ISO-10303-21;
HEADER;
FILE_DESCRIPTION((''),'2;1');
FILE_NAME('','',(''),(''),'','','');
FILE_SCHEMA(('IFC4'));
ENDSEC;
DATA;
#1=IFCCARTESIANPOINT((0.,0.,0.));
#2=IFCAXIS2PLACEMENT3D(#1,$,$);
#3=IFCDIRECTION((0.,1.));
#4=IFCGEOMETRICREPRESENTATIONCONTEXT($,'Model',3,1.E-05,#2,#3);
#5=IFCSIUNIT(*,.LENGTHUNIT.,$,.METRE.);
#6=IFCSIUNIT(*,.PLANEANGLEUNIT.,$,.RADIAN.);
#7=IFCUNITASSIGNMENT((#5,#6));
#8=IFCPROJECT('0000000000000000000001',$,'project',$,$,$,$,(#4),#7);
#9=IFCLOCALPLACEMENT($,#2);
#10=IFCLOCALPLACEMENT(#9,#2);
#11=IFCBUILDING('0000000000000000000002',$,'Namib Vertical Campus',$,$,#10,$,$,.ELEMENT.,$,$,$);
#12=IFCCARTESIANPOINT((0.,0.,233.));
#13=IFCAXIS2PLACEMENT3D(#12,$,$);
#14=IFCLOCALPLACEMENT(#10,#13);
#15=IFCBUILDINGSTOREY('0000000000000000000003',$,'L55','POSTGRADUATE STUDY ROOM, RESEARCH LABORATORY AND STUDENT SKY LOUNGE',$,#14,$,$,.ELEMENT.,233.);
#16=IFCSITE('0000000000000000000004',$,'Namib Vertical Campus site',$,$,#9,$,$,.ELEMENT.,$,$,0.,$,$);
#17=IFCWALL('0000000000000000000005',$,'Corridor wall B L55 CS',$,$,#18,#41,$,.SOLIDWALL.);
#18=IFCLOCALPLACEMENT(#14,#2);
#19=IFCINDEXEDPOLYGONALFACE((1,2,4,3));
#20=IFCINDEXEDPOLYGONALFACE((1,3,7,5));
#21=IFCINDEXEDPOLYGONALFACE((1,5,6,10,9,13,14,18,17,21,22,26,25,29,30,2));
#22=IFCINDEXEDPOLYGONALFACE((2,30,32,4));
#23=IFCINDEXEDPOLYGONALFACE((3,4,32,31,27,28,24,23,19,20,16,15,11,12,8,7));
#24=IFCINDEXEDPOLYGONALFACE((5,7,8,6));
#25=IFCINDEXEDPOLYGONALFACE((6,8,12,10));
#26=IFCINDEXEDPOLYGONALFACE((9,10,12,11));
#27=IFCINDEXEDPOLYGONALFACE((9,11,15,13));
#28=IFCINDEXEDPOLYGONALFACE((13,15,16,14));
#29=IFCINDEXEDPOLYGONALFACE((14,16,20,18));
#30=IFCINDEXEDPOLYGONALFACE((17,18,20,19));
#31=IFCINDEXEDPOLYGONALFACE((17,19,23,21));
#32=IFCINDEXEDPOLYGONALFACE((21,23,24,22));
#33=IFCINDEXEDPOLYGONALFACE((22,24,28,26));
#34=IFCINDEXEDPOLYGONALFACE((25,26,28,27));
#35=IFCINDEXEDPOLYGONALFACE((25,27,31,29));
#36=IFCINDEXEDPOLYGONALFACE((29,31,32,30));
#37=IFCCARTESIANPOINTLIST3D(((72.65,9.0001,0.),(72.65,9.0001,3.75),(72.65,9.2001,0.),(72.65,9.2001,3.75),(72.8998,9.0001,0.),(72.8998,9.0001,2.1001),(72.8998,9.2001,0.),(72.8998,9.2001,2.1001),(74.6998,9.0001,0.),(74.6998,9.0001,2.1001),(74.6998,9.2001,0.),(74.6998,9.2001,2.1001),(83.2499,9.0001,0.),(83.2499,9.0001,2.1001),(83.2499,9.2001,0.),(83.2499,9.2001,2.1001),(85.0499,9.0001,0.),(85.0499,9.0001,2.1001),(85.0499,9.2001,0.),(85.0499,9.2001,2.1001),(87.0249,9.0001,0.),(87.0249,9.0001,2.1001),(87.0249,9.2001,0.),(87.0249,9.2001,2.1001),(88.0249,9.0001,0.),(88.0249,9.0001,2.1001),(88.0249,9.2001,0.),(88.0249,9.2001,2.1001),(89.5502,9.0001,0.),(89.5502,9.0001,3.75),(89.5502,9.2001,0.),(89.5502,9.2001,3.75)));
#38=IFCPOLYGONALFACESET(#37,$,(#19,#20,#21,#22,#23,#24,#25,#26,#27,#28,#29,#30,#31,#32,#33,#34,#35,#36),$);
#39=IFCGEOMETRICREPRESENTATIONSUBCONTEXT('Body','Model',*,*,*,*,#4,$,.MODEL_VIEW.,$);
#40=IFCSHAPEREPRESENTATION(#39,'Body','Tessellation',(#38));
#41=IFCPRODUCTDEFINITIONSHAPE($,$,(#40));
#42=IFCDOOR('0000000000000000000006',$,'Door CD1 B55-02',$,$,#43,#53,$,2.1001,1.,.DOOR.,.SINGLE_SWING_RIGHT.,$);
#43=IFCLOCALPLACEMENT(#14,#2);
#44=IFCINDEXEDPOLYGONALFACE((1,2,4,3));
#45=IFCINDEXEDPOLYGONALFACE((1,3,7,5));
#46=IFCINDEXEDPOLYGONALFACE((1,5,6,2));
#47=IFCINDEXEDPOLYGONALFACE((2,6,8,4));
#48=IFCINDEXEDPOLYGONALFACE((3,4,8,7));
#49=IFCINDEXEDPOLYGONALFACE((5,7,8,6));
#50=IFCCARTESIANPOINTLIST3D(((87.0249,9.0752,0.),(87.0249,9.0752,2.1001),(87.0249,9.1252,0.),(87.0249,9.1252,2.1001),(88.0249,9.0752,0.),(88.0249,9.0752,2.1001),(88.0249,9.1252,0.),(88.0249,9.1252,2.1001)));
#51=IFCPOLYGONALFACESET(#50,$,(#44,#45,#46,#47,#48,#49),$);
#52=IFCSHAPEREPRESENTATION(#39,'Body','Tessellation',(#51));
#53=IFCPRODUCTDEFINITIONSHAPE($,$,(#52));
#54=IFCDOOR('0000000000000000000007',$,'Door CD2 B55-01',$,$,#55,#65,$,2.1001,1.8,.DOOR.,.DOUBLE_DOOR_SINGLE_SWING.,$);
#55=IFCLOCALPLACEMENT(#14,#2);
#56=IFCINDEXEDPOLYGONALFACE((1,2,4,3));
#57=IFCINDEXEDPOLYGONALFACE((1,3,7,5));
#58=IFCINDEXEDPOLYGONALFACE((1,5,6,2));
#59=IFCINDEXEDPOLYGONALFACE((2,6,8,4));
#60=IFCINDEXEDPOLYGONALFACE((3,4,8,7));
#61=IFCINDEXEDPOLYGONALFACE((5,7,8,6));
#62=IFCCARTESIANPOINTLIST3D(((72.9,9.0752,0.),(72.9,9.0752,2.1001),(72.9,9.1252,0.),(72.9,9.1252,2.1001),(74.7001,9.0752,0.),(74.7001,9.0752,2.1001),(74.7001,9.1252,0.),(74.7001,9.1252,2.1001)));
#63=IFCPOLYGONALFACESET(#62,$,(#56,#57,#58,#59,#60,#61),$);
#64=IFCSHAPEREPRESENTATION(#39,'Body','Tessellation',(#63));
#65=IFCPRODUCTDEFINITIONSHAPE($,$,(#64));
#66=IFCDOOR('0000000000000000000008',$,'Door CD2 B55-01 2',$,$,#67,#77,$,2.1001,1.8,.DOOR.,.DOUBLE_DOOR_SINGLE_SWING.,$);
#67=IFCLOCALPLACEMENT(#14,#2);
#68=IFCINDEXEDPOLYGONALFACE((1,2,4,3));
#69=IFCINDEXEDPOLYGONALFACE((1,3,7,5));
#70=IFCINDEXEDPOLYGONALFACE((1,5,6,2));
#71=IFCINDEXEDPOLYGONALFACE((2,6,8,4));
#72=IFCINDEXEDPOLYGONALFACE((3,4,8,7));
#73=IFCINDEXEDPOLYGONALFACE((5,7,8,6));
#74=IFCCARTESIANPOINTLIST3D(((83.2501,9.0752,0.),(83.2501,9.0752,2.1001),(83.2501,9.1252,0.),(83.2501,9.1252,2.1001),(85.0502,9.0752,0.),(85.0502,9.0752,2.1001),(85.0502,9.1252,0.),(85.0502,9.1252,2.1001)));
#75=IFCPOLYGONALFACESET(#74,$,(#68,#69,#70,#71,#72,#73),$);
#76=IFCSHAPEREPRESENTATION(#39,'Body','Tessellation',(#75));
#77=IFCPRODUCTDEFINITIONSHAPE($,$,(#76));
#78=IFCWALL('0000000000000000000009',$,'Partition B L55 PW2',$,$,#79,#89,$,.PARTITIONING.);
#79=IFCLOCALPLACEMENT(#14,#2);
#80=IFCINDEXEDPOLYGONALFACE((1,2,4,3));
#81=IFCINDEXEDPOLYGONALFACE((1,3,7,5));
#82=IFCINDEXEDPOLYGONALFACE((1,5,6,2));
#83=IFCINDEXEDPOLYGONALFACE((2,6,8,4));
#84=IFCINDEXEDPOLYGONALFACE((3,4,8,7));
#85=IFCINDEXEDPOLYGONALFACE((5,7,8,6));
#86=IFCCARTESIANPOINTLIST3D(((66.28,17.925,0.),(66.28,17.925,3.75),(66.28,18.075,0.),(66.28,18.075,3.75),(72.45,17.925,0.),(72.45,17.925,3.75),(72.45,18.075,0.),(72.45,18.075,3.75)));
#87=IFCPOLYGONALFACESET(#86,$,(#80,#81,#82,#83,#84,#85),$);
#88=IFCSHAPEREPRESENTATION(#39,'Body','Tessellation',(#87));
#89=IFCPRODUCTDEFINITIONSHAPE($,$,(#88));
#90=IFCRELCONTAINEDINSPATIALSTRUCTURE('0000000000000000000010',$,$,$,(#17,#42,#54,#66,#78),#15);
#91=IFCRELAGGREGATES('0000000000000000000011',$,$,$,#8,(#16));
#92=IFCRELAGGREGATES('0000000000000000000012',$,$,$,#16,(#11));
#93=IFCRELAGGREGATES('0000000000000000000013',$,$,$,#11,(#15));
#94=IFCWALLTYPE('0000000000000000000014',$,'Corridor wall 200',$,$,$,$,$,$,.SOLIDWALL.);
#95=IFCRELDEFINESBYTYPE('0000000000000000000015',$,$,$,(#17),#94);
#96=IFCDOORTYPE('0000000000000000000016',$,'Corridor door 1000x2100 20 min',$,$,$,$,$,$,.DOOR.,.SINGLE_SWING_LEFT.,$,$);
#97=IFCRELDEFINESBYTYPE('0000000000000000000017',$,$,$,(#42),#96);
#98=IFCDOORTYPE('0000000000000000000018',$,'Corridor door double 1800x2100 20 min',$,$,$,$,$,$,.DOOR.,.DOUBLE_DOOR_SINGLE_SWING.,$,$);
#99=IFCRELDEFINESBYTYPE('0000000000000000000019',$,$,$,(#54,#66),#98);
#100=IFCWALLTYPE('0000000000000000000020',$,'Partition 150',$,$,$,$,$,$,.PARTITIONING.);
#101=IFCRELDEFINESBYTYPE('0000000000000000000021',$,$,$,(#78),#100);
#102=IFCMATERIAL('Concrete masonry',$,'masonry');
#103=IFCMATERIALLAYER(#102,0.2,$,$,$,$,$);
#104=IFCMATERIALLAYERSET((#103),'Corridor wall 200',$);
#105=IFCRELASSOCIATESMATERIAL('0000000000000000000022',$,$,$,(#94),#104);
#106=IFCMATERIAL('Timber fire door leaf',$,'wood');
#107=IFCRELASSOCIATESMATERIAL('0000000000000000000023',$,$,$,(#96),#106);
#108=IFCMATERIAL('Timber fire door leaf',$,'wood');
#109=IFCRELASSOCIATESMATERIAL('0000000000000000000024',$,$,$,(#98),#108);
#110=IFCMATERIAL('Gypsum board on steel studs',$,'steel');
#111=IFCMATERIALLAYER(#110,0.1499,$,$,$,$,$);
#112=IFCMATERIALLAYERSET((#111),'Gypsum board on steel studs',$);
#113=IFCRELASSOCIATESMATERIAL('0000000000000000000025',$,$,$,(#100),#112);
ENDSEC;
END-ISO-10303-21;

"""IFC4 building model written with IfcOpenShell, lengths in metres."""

from ifc_helpers import new_model, si_unit, direction, frame, frame_2d, origin, place, context, subcontext, project, spatial, rectangle, extrude, material, layer, layer_set, type_object, element, fill, save


model = new_model("IFC4")

# Units and contexts
model_context = context("Model", 3, precision=1e-05, world=origin(), true_north=direction((0.0, 1.0)))
body_context = subcontext(model_context, "Body", "Model", "MODEL_VIEW")
ifc_project = project(units=[si_unit("LENGTHUNIT", "METRE"), si_unit("PLANEANGLEUNIT", "RADIAN")], contexts=[model_context])

# Site, building, storey
site_placement = place(None, origin())
site = spatial("IfcSite", under=ifc_project, at=site_placement, Name="Namib Vertical Campus site", CompositionType="ELEMENT", RefElevation=0.0)
building_placement = place(site_placement, origin())
building = spatial("IfcBuilding", under=site, at=building_placement, Name="Namib Vertical Campus", CompositionType="ELEMENT")
storey_placement = place(building_placement, frame((0.0, 0.0, 233.0)))
storey = spatial("IfcBuildingStorey", under=building, at=storey_placement, Name="L55", Description="POSTGRADUATE STUDY ROOM, RESEARCH LABORATORY AND STUDENT SKY LOUNGE", CompositionType="ELEMENT", Elevation=233.0)

# Wall, openings, doors
ifc_material_1 = material(Name="Concrete masonry", Category="masonry")
ifc_layer_1 = layer(ifc_material_1, 0.2)
ifc_layer_set_1 = layer_set([ifc_layer_1], Name="Corridor wall 200")
wall_type_1 = type_object("IfcWallType", Name="Corridor wall 200", PredefinedType="SOLIDWALL", material=ifc_layer_set_1)
wall_1_placement = place(storey_placement, frame((72.6499, 9.1001, 0.0), z_axis=(0.0, 0.0, 1.0), x_axis=(1.0, 0.0, 0.0)))
wall_1 = element("IfcWall", 1, at=wall_1_placement, inside=storey, type_object=wall_type_1, Name="Corridor wall B L55 CS", PredefinedType="SOLIDWALL", context=body_context, shape_type="SweptSolid", body=[
    extrude(rectangle(XDim=16.9001, YDim=0.2, at=frame_2d((8.4502, 0.0))), origin(), (0.0, 0.0, 1.0), 3.75),
])
opening_1_placement = place(wall_1_placement, frame((0.25, 0.0, 0.0)))
opening_1 = element("IfcOpeningElement", 2, at=opening_1_placement, cuts=wall_1, PredefinedType="OPENING", context=body_context, shape_type="SweptSolid", body=[
    extrude(rectangle(XDim=1.8, YDim=2.1001, at=frame_2d((0.8999, 1.05))), frame((0.0, 0.1099, 0.0), z_axis=(0.0, -1.0, 0.0), x_axis=(1.0, 0.0, 0.0)), (0.0, 0.0, 1.0), 0.22),
])
opening_2_placement = place(wall_1_placement, frame((10.6001, 0.0, 0.0)))
opening_2 = element("IfcOpeningElement", 3, at=opening_2_placement, cuts=wall_1, PredefinedType="OPENING", context=body_context, shape_type="SweptSolid", body=[
    extrude(rectangle(XDim=1.8, YDim=2.1001, at=frame_2d((0.8999, 1.05))), frame((0.0, 0.1099, 0.0), z_axis=(0.0, -1.0, 0.0), x_axis=(1.0, 0.0, 0.0)), (0.0, 0.0, 1.0), 0.22),
])
opening_3_placement = place(wall_1_placement, frame((14.375, 0.0, 0.0)))
opening_3 = element("IfcOpeningElement", 4, at=opening_3_placement, cuts=wall_1, PredefinedType="OPENING", context=body_context, shape_type="SweptSolid", body=[
    extrude(rectangle(XDim=1.0, YDim=2.1001, at=frame_2d((0.5, 1.05))), frame((0.0, 0.1099, 0.0), z_axis=(0.0, -1.0, 0.0), x_axis=(1.0, 0.0, 0.0)), (0.0, 0.0, 1.0), 0.22),
])
ifc_material_2 = material(Name="Timber fire door leaf", Category="wood")
door_type_1 = type_object("IfcDoorType", Name="Corridor door 1000x2100 20 min", OperationType="SINGLE_SWING_LEFT", PredefinedType="DOOR", material=ifc_material_2)
door_1_placement = place(opening_3_placement, frame((1.0, 0.0, 0.0), z_axis=(0.0, 0.0, 1.0), x_axis=(-1.0, 0.0, 0.0)))
door_1 = element("IfcDoor", 5, at=door_1_placement, inside=storey, type_object=door_type_1, Name="Door CD1 B55-02", OperationType="SINGLE_SWING_RIGHT", OverallHeight=2.1001, OverallWidth=1.0, PredefinedType="DOOR", context=body_context, shape_type="SweptSolid", body=[
    extrude(rectangle(XDim=1.0, YDim=2.1001, at=frame_2d((0.5, 1.05))), frame((0.0, 0.0249, 0.0), z_axis=(0.0, -1.0, 0.0), x_axis=(1.0, 0.0, 0.0)), (0.0, 0.0, 1.0), 0.05),
])
fill(opening_3, door_1)
ifc_material_3 = material(Name="Timber fire door leaf", Category="wood")
door_type_2 = type_object("IfcDoorType", Name="Corridor door double 1800x2100 20 min", OperationType="DOUBLE_DOOR_SINGLE_SWING", PredefinedType="DOOR", material=ifc_material_3)
door_2_placement = place(opening_1_placement, frame((1.8, 0.0, 0.0), z_axis=(0.0, 0.0, 1.0), x_axis=(-1.0, 0.0, 0.0)))
door_2 = element("IfcDoor", 6, at=door_2_placement, inside=storey, type_object=door_type_2, Name="Door CD2 B55-01", OperationType="DOUBLE_DOOR_SINGLE_SWING", OverallHeight=2.1001, OverallWidth=1.8, PredefinedType="DOOR", context=body_context, shape_type="SweptSolid", body=[
    extrude(rectangle(XDim=1.8, YDim=2.1001, at=frame_2d((0.8999, 1.05))), frame((0.0, 0.0249, 0.0), z_axis=(0.0, -1.0, 0.0), x_axis=(1.0, 0.0, 0.0)), (0.0, 0.0, 1.0), 0.05),
])
fill(opening_1, door_2)
door_3_placement = place(opening_2_placement, frame((1.8, 0.0, 0.0), z_axis=(0.0, 0.0, 1.0), x_axis=(-1.0, 0.0, 0.0)))
door_3 = element("IfcDoor", 7, at=door_3_placement, inside=storey, type_object=door_type_2, Name="Door CD2 B55-01 2", OperationType="DOUBLE_DOOR_SINGLE_SWING", OverallHeight=2.1001, OverallWidth=1.8, PredefinedType="DOOR", context=body_context, shape_type="SweptSolid", body=[
    extrude(rectangle(XDim=1.8, YDim=2.1001, at=frame_2d((0.8999, 1.05))), frame((0.0, 0.0249, 0.0), z_axis=(0.0, -1.0, 0.0), x_axis=(1.0, 0.0, 0.0)), (0.0, 0.0, 1.0), 0.05),
])
fill(opening_2, door_3)

# Wall
ifc_material_4 = material(Name="Gypsum board on steel studs", Category="steel")
ifc_layer_2 = layer(ifc_material_4, 0.1499)
ifc_layer_set_2 = layer_set([ifc_layer_2], Name="Gypsum board on steel studs")
wall_type_2 = type_object("IfcWallType", Name="Partition 150", PredefinedType="PARTITIONING", material=ifc_layer_set_2)
wall_2_placement = place(storey_placement, frame((66.28, 18.0, 0.0), z_axis=(0.0, 0.0, 1.0), x_axis=(1.0, 0.0, 0.0)))
element("IfcWall", 8, at=wall_2_placement, inside=storey, type_object=wall_type_2, Name="Partition B L55 PW2", PredefinedType="PARTITIONING", context=body_context, shape_type="SweptSolid", body=[
    extrude(rectangle(XDim=6.1699, YDim=0.1499, at=frame_2d((3.085, 0.0))), origin(), (0.0, 0.0, 1.0), 3.75),
])

save(model, "model.ifc")
